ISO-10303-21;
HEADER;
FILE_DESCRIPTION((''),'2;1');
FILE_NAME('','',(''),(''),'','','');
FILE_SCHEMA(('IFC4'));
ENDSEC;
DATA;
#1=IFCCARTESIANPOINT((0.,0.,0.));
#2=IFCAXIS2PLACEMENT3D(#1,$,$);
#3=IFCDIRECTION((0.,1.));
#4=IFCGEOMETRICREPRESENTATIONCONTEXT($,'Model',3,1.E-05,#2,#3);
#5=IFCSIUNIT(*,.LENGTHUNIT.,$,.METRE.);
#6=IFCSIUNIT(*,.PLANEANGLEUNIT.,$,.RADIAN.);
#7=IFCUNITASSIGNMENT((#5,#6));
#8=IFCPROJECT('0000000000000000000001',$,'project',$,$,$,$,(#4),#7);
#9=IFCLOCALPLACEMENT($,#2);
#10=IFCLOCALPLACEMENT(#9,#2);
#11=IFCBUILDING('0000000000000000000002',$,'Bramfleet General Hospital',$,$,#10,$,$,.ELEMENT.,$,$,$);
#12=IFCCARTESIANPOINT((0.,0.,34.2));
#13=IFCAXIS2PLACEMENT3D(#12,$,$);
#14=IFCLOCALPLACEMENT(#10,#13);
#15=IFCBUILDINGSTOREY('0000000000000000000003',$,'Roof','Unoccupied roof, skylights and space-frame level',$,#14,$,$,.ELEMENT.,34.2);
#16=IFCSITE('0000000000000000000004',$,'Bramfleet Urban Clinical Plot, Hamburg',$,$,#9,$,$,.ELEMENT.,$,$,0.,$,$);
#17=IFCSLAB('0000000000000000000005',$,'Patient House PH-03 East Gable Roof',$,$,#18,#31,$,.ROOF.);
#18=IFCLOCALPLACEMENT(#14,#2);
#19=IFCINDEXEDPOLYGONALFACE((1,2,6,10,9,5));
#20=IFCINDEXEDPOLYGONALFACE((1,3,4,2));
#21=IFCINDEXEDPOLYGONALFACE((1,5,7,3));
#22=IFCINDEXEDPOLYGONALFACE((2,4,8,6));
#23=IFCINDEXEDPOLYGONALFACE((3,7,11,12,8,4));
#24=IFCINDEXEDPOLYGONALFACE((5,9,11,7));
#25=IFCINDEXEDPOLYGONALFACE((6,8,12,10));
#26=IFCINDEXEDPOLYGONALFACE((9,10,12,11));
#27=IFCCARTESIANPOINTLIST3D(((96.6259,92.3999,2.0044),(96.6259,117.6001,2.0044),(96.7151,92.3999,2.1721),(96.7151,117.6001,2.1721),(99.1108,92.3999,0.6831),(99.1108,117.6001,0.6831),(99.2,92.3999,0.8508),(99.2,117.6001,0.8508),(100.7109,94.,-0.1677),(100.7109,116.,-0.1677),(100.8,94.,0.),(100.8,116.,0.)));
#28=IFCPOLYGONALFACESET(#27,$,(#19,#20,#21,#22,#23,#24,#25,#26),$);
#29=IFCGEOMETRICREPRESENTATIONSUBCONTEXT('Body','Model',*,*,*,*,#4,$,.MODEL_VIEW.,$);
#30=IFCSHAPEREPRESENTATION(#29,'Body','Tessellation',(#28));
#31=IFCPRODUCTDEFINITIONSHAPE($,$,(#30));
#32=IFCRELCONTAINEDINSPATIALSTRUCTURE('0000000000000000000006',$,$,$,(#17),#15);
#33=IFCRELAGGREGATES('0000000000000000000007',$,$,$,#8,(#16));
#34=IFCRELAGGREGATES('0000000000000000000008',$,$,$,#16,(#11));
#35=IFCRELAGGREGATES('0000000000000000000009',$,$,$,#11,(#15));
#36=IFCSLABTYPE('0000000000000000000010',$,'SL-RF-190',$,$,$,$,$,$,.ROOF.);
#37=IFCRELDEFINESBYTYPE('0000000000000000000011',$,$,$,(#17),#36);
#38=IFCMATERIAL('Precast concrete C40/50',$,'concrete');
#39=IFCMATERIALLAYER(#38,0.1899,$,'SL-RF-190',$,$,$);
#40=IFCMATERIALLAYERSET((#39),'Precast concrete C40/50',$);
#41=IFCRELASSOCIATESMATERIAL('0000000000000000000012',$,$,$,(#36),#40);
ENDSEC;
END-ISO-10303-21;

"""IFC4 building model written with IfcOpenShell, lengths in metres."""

from ifc_helpers import new_model, si_unit, direction, frame, origin, place, context, subcontext, project, spatial, polyline, outline, extrude, material, layer, layer_set, type_object, element, save


model = new_model("IFC4")

# Units and contexts
model_context = context("Model", 3, precision=1e-05, world=origin(), true_north=direction((0.0, 1.0)))
body_context = subcontext(model_context, "Body", "Model", "MODEL_VIEW")
ifc_project = project(units=[si_unit("LENGTHUNIT", "METRE"), si_unit("PLANEANGLEUNIT", "RADIAN")], contexts=[model_context])

# Site, building, storey
site_placement = place(None, origin())
site = spatial("IfcSite", under=ifc_project, at=site_placement, Name="Bramfleet Urban Clinical Plot, Hamburg", CompositionType="ELEMENT", RefElevation=0.0)
building_placement = place(site_placement, origin())
building = spatial("IfcBuilding", under=site, at=building_placement, Name="Bramfleet General Hospital", CompositionType="ELEMENT")
storey_placement = place(building_placement, frame((0.0, 0.0, 34.2)))
storey = spatial("IfcBuildingStorey", under=building, at=storey_placement, Name="Roof", Description="Unoccupied roof, skylights and space-frame level", CompositionType="ELEMENT", Elevation=34.2)

# Slab
ifc_material_1 = material(Name="Precast concrete C40/50", Category="concrete")
ifc_layer_1 = layer(ifc_material_1, 0.1899, Name="SL-RF-190")
ifc_layer_set_1 = layer_set([ifc_layer_1], Name="Precast concrete C40/50")
slab_type_1 = type_object("IfcSlabType", Name="SL-RF-190", PredefinedType="ROOF", material=ifc_layer_set_1)
slab_1_placement = place(storey_placement, frame((96.7151, 92.3999, 2.1721), z_axis=(0.46949, 0.0, 0.882938), x_axis=(0.882938, 0.0, -0.46949)))
element("IfcSlab", 1, at=slab_1_placement, inside=storey, type_object=slab_type_1, Name="Patient House PH-03 East Gable Roof", PredefinedType="ROOF", context=body_context, shape_type="SweptSolid", body=[
    extrude(outline(polyline([(0.0, 0.0), (2.8143, 0.0), (4.6266, 1.6001), (4.6266, 23.6001), (2.8143, 25.2002), (0.0, 25.2002), (0.0, 0.0)])), origin(), (0.0, 0.0, -1.0), 0.1899),
])

save(model, "model.ifc")
